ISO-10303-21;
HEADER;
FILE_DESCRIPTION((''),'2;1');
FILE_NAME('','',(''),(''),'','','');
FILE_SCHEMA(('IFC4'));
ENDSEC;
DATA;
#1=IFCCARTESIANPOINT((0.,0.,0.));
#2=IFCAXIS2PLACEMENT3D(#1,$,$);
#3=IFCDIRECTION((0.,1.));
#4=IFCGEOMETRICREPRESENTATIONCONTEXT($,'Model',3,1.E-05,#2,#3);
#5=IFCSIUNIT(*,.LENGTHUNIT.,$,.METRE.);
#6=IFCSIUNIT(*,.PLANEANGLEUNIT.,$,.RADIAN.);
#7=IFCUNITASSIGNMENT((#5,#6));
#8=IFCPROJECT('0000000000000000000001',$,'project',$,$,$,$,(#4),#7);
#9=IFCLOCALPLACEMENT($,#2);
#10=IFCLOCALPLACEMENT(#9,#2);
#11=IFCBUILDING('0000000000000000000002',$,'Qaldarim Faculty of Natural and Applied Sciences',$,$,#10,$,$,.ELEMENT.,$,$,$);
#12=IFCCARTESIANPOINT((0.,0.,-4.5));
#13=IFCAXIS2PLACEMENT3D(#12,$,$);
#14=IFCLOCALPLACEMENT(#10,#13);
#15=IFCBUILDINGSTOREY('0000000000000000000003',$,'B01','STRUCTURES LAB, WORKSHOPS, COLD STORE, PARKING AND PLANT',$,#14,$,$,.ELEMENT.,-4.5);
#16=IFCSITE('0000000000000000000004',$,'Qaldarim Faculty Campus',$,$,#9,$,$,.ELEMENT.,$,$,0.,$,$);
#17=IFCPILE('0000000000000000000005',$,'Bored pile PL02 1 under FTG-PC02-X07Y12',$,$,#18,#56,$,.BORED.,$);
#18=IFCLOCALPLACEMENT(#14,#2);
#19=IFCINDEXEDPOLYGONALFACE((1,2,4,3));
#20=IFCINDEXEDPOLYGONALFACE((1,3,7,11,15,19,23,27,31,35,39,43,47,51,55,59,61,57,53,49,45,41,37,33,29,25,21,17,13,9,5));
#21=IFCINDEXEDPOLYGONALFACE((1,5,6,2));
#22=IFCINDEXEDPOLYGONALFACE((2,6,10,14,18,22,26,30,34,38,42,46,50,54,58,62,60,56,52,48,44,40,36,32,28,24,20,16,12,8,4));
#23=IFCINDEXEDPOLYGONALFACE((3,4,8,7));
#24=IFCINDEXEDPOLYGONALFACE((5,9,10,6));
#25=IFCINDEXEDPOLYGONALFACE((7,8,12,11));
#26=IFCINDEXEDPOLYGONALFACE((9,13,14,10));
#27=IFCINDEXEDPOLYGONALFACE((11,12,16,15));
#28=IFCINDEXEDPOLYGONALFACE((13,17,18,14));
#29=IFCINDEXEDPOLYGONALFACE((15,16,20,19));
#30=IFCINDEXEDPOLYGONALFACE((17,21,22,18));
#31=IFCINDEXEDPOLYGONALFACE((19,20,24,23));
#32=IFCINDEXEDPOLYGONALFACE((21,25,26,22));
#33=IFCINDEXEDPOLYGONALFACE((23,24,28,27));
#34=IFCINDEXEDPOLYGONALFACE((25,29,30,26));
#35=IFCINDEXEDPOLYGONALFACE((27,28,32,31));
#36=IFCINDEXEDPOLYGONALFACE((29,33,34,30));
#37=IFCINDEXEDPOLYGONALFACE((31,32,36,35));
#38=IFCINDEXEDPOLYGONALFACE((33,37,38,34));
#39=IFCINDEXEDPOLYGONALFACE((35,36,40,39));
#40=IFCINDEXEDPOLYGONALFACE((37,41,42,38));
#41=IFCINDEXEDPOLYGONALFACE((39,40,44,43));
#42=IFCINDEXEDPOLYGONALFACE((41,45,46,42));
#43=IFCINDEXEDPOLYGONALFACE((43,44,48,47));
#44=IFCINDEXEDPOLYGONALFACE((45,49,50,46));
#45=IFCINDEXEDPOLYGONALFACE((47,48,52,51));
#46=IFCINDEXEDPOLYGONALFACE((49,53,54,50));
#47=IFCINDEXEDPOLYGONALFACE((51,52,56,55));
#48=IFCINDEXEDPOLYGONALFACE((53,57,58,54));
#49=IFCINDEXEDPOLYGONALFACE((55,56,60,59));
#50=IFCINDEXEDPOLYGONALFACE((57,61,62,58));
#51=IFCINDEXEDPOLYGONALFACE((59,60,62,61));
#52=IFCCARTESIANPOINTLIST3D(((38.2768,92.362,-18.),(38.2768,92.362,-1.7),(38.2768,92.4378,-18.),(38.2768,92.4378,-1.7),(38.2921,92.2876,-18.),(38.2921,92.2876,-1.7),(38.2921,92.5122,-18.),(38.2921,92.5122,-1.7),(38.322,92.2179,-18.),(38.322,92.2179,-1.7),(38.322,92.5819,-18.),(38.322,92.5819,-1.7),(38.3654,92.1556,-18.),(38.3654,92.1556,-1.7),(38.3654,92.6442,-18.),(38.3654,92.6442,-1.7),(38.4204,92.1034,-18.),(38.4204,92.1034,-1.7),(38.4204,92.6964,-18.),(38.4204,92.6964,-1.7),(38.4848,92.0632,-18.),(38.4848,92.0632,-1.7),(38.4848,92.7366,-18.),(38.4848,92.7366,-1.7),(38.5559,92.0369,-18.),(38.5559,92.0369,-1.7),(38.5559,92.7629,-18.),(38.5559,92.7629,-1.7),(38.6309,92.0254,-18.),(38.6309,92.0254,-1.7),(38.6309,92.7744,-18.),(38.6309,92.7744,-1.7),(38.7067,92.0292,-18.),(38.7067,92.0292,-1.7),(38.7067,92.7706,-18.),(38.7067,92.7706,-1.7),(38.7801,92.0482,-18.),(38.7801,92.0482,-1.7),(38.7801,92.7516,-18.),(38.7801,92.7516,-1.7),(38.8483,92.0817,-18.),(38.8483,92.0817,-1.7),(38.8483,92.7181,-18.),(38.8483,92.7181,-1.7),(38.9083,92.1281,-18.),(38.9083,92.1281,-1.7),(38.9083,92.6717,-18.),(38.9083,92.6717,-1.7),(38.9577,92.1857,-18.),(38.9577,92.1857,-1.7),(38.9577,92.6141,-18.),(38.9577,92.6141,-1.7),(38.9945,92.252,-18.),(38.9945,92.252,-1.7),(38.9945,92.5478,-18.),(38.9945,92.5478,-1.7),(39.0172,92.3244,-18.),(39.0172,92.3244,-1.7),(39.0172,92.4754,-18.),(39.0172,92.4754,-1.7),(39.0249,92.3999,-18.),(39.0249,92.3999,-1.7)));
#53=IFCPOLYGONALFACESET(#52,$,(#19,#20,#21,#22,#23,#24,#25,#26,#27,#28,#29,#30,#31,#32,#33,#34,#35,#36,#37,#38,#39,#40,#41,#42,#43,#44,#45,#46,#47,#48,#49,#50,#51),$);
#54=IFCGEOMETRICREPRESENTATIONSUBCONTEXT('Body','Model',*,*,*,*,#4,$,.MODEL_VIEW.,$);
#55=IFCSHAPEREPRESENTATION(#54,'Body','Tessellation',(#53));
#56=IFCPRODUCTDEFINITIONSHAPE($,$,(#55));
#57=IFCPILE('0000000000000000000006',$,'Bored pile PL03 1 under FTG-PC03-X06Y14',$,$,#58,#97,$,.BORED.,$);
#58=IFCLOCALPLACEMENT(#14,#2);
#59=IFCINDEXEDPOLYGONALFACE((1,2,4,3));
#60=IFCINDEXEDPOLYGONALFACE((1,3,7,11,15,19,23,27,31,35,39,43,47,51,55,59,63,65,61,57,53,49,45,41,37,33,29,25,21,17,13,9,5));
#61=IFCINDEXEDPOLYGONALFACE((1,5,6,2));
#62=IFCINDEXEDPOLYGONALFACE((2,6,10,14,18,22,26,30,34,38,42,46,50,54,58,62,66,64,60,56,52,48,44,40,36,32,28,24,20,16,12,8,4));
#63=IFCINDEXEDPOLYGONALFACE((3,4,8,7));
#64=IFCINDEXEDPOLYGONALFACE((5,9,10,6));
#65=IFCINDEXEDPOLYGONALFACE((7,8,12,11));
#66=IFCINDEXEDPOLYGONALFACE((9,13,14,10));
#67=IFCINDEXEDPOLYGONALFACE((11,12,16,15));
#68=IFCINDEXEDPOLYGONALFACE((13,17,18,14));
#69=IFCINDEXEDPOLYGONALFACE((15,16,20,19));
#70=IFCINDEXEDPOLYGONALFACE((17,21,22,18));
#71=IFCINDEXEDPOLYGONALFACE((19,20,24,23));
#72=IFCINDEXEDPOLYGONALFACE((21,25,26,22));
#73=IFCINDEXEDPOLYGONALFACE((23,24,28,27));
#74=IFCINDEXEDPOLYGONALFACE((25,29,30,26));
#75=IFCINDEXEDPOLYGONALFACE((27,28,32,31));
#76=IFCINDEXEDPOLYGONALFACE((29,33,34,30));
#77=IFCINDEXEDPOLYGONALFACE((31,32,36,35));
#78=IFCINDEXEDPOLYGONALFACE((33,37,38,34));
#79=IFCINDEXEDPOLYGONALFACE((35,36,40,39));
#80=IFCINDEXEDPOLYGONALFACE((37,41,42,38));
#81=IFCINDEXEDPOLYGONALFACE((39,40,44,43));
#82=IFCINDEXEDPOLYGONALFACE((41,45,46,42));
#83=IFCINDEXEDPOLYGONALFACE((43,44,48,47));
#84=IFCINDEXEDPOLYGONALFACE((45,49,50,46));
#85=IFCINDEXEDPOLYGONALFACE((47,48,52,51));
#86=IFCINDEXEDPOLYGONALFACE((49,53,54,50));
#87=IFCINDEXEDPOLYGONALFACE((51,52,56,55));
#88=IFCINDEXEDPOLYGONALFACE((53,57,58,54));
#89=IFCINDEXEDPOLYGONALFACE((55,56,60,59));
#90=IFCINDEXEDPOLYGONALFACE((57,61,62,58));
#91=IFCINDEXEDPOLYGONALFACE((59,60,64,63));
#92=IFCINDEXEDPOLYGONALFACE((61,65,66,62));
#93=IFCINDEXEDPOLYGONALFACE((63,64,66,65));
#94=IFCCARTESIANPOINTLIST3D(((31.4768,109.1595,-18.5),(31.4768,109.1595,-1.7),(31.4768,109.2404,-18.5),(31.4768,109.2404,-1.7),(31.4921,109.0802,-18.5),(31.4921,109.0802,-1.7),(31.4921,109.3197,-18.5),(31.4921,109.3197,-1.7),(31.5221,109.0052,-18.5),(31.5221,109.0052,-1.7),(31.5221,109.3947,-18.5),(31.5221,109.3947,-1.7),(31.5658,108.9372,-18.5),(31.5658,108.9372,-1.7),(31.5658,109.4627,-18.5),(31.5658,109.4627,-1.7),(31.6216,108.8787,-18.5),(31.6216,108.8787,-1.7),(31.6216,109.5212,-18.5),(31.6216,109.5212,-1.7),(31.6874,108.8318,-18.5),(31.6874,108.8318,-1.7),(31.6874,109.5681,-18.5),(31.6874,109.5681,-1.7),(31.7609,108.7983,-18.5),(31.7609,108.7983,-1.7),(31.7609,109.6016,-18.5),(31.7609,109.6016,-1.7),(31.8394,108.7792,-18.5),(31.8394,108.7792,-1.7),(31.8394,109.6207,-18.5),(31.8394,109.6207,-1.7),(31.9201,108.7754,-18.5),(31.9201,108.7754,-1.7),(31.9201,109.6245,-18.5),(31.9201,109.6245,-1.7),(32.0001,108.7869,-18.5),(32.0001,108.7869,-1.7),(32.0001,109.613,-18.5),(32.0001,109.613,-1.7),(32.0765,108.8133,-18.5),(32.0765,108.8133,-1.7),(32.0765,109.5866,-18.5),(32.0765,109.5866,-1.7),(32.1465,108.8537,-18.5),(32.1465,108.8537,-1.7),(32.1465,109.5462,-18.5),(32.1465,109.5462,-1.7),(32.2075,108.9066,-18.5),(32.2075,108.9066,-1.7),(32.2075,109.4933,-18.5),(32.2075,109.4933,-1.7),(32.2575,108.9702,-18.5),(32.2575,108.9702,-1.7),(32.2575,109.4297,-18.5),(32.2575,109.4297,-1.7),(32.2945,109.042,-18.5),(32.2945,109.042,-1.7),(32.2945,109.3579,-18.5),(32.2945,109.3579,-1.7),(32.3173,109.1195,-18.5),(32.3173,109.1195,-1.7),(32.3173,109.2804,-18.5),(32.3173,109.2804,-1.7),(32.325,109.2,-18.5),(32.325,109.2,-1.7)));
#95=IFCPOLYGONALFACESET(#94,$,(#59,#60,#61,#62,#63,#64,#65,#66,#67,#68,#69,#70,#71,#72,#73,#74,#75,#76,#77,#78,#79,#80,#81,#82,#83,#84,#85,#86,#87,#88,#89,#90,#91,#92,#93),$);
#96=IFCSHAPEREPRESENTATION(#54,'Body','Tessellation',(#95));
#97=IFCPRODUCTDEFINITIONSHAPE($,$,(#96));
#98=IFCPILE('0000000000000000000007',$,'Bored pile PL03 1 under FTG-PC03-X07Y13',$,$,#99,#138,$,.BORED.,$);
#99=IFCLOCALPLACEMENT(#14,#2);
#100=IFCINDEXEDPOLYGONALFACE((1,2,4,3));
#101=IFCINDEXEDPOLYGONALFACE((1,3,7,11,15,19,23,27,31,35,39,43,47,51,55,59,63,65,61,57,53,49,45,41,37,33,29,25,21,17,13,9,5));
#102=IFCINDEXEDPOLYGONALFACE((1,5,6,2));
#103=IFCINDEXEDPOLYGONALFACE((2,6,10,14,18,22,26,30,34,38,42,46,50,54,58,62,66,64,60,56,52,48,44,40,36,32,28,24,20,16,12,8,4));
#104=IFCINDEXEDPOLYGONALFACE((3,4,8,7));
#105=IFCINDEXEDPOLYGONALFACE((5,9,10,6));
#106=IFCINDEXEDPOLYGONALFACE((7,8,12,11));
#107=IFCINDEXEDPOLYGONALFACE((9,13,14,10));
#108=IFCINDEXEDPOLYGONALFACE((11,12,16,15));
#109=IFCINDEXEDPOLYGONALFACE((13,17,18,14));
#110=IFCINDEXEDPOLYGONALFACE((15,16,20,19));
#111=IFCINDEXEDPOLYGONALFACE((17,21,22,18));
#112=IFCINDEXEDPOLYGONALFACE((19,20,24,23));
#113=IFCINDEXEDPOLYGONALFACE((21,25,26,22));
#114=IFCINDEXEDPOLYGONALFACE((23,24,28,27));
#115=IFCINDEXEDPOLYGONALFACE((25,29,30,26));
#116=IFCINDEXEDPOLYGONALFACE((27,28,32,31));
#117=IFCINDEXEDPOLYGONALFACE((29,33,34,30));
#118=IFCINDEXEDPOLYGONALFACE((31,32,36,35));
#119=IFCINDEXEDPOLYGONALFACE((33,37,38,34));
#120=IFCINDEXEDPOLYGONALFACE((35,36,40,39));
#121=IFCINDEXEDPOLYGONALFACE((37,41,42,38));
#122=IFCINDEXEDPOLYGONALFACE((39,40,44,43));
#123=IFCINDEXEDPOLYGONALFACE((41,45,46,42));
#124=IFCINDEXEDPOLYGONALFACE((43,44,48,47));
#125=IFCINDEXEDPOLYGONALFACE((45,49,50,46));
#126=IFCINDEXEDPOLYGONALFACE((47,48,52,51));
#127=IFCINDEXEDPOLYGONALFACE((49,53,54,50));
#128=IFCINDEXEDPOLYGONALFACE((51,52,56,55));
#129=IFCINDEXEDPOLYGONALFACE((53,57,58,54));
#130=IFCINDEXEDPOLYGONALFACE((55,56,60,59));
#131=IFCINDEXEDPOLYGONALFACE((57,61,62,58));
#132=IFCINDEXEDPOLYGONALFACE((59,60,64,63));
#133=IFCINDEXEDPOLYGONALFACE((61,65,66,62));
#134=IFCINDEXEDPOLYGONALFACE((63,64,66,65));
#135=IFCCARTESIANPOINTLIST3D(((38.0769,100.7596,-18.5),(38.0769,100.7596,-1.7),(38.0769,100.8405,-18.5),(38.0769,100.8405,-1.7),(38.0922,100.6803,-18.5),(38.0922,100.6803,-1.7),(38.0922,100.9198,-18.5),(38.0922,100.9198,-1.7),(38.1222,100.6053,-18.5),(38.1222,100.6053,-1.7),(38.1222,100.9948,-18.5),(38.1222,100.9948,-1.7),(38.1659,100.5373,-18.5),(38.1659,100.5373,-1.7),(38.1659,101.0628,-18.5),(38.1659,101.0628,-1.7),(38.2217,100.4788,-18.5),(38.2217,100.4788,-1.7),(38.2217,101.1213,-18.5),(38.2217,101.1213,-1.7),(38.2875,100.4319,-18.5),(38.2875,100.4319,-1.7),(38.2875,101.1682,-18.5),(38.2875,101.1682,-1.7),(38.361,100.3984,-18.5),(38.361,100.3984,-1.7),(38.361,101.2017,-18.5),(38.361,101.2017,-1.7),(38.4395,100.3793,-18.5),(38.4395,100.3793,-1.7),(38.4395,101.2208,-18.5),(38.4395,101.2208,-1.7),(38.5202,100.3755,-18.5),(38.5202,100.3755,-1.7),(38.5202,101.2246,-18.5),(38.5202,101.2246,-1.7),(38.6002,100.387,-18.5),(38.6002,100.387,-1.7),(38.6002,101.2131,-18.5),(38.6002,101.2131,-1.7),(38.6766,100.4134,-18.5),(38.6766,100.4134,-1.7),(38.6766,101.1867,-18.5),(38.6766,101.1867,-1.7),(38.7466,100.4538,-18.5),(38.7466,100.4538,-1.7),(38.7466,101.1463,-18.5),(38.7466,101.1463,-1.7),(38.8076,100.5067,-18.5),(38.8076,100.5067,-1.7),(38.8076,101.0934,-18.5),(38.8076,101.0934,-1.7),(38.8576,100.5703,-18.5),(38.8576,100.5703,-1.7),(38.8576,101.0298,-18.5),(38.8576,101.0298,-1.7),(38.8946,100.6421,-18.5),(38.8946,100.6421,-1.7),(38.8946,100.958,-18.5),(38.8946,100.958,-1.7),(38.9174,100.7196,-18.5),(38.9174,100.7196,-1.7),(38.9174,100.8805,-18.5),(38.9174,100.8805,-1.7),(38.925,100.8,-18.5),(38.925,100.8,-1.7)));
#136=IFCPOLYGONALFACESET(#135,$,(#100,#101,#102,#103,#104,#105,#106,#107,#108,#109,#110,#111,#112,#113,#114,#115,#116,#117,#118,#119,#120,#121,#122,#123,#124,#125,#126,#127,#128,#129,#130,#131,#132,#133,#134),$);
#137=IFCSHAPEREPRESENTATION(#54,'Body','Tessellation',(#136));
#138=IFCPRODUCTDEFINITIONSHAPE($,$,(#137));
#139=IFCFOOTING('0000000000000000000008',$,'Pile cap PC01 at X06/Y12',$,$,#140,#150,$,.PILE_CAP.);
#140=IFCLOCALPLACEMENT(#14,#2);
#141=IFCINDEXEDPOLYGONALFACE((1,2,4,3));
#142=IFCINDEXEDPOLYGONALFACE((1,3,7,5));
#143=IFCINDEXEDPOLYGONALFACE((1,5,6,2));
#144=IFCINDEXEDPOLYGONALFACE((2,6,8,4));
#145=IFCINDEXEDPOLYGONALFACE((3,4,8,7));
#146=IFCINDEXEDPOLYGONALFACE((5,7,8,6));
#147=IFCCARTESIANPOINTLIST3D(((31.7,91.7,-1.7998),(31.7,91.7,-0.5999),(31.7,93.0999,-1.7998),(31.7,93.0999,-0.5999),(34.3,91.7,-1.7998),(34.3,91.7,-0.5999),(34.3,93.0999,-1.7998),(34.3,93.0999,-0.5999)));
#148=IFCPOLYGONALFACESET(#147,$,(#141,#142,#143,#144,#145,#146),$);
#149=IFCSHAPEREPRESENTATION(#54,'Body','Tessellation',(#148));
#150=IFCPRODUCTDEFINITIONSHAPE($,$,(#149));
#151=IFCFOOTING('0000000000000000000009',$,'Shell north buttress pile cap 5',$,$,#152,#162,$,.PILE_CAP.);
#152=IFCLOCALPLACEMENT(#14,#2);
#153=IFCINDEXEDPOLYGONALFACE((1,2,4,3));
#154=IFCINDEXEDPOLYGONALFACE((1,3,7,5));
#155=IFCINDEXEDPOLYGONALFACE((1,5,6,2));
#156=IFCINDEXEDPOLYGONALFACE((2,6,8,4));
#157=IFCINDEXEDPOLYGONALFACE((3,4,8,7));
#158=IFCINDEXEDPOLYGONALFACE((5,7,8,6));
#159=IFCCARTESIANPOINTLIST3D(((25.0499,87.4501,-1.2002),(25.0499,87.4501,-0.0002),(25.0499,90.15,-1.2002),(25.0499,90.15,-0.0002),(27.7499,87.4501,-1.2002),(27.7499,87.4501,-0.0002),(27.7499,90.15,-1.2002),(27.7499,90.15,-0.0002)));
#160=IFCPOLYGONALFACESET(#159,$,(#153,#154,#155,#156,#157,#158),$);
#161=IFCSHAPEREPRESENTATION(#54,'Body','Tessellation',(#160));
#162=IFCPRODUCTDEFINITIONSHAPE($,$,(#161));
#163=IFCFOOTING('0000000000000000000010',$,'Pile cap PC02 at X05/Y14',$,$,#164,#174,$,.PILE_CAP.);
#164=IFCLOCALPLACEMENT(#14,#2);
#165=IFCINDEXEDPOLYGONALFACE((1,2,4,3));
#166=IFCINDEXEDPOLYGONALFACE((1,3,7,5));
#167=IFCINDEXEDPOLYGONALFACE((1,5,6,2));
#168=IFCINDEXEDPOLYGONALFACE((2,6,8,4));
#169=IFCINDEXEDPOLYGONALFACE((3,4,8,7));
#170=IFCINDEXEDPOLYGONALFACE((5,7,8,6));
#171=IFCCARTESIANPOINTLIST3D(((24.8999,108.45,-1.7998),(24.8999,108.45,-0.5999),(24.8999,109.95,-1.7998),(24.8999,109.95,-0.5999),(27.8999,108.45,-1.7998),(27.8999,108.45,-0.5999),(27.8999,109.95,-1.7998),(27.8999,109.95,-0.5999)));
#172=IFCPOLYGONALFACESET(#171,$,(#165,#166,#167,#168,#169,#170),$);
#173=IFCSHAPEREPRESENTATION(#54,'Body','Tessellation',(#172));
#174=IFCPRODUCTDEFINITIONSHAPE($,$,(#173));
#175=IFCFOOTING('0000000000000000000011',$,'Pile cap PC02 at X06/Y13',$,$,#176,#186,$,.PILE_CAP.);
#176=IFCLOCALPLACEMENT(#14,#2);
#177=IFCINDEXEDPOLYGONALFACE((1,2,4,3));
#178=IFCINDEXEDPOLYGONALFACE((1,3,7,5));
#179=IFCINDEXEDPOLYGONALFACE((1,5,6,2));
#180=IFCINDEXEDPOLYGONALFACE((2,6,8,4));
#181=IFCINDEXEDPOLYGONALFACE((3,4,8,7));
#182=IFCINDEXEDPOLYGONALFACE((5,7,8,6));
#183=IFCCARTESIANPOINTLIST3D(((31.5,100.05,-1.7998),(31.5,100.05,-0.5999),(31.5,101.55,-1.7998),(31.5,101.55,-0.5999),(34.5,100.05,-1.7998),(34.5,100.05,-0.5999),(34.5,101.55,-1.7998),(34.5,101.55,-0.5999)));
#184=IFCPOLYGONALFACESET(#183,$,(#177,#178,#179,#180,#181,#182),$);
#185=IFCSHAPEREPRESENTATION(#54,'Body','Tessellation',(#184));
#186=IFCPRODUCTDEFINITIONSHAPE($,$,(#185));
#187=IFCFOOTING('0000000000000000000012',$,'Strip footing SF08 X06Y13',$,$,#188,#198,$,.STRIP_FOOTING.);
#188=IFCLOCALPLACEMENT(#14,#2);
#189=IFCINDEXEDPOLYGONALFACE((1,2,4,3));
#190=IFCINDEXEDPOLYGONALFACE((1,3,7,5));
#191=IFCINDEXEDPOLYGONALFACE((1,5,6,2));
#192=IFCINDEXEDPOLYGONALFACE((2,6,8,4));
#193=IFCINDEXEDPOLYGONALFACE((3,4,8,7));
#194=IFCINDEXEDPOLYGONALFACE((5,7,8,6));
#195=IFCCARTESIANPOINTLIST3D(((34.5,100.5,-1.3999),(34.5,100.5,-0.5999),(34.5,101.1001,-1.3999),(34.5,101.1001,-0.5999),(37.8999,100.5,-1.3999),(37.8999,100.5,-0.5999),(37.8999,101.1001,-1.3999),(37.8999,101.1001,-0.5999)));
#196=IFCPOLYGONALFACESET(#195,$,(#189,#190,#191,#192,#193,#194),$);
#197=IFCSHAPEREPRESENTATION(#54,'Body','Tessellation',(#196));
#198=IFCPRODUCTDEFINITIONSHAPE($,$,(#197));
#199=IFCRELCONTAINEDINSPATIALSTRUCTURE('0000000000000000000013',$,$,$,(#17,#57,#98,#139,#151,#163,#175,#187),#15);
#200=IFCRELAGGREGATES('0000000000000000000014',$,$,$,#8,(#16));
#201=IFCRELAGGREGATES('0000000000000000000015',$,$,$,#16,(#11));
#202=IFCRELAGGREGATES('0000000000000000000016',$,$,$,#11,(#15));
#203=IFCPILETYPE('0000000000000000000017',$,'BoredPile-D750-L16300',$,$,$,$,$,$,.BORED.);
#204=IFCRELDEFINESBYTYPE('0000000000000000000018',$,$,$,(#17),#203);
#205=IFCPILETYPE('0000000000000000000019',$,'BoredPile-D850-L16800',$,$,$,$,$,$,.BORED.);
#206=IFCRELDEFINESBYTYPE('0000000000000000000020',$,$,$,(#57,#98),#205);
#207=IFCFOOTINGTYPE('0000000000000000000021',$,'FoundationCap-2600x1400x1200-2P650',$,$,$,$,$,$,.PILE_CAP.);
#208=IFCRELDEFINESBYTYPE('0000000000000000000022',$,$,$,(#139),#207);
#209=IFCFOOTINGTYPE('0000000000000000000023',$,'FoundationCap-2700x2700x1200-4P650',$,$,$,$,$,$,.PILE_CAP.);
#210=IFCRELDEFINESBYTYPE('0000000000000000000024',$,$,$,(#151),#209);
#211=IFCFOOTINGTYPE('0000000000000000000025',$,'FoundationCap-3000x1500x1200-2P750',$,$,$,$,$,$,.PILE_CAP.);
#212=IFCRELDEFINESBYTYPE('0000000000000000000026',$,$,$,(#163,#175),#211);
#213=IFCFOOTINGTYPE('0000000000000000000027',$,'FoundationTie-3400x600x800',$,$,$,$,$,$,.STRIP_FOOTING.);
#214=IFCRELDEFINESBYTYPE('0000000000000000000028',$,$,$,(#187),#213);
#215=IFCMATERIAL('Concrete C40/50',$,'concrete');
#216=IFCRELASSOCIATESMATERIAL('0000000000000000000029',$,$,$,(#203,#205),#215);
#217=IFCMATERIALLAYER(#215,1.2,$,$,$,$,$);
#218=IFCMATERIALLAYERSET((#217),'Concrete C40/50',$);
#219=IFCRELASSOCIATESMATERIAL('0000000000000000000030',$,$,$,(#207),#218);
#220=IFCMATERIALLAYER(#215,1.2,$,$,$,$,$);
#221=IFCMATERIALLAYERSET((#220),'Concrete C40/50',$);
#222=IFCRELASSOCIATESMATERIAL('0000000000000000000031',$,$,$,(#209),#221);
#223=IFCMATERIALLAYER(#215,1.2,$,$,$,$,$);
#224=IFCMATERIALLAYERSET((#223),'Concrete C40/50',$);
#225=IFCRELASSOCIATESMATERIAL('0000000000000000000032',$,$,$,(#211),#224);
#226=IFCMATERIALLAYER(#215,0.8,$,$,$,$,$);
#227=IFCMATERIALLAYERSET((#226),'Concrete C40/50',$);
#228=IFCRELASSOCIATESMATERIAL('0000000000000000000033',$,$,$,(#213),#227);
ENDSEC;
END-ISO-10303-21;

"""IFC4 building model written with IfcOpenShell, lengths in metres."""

from ifc_helpers import new_model, si_unit, direction, frame, origin, origin_2d, place, context, subcontext, project, spatial, rectangle, circle, extrude, material, layer, layer_set, material_profile, profile_set, type_object, element, save


model = new_model("IFC4")

# Units and contexts
model_context = context("Model", 3, precision=1e-05, world=origin(), true_north=direction((0.0, 1.0)))
body_context = subcontext(model_context, "Body", "Model", "MODEL_VIEW")
ifc_project = project(units=[si_unit("LENGTHUNIT", "METRE"), si_unit("PLANEANGLEUNIT", "RADIAN")], contexts=[model_context])

# Site, building, storey
site_placement = place(None, origin())
site = spatial("IfcSite", under=ifc_project, at=site_placement, Name="Qaldarim Faculty Campus", CompositionType="ELEMENT", RefElevation=0.0)
building_placement = place(site_placement, origin())
building = spatial("IfcBuilding", under=site, at=building_placement, Name="Qaldarim Faculty of Natural and Applied Sciences", CompositionType="ELEMENT")
storey_placement = place(building_placement, frame((0.0, 0.0, -4.5)))
storey = spatial("IfcBuildingStorey", under=building, at=storey_placement, Name="B01", Description="STRUCTURES LAB, WORKSHOPS, COLD STORE, PARKING AND PLANT", CompositionType="ELEMENT", Elevation=-4.5)

# Piles
ifc_material_1 = material(Name="Concrete C40/50", Category="concrete")
ifc_material_profile_1 = material_profile(ifc_material_1, circle(Radius=0.375, at=origin_2d()), Name="PILE-D750")
ifc_profile_set_1 = profile_set([ifc_material_profile_1], Name="Concrete C40/50")
pile_type_1 = type_object("IfcPileType", Name="BoredPile-D750-L16300", PredefinedType="BORED", material=ifc_profile_set_1)
for number, where, z_axis, x_axis, name in (
    (1, (38.6499, 92.3999, -1.7), (0.0, 0.0, -1.0), (1.0, 0.0, 0.0), "Bored pile PL02 1 under FTG-PC02-X07Y12"),
):
    element("IfcPile", number, at=place(storey_placement, frame(where, z_axis=z_axis, x_axis=x_axis)), inside=storey, type_object=pile_type_1, Name=name, PredefinedType="BORED", context=body_context, shape_type="SweptSolid", body=[
        extrude(circle(Radius=0.375, at=origin_2d()), origin(), (0.0, 0.0, 1.0), 16.3),
    ])
ifc_material_profile_2 = material_profile(ifc_material_1, circle(Radius=0.425, at=origin_2d()), Name="PILE-D850")
ifc_profile_set_2 = profile_set([ifc_material_profile_2], Name="Concrete C40/50")
pile_type_2 = type_object("IfcPileType", Name="BoredPile-D850-L16800", PredefinedType="BORED", material=ifc_profile_set_2)
for number, where, z_axis, x_axis, name in (
    (2, (31.8999, 109.2, -1.7), (0.0, 0.0, -1.0), (1.0, 0.0, 0.0), "Bored pile PL03 1 under FTG-PC03-X06Y14"),
    (3, (38.5, 100.8, -1.7), (0.0, 0.0, -1.0), (1.0, 0.0, 0.0), "Bored pile PL03 1 under FTG-PC03-X07Y13"),
):
    element("IfcPile", number, at=place(storey_placement, frame(where, z_axis=z_axis, x_axis=x_axis)), inside=storey, type_object=pile_type_2, Name=name, PredefinedType="BORED", context=body_context, shape_type="SweptSolid", body=[
        extrude(circle(Radius=0.425, at=origin_2d()), origin(), (0.0, 0.0, 1.0), 16.8),
    ])

# Footings
ifc_layer_1 = layer(ifc_material_1, 1.2)
ifc_layer_set_1 = layer_set([ifc_layer_1], Name="Concrete C40/50")
footing_type_1 = type_object("IfcFootingType", Name="FoundationCap-2600x1400x1200-2P650", PredefinedType="PILE_CAP", material=ifc_layer_set_1)
footing_1_placement = place(storey_placement, frame((33.0, 92.3999, -1.7998), z_axis=(0.0, 0.0, 1.0), x_axis=(1.0, 0.0, 0.0)))
element("IfcFooting", 4, at=footing_1_placement, inside=storey, type_object=footing_type_1, Name="Pile cap PC01 at X06/Y12", PredefinedType="PILE_CAP", context=body_context, shape_type="SweptSolid", body=[
    extrude(rectangle(XDim=2.6001, YDim=1.3999, at=origin_2d()), origin(), (0.0, 0.0, 1.0), 1.2),
])
ifc_layer_2 = layer(ifc_material_1, 1.2)
ifc_layer_set_2 = layer_set([ifc_layer_2], Name="Concrete C40/50")
footing_type_2 = type_object("IfcFootingType", Name="FoundationCap-2700x2700x1200-4P650", PredefinedType="PILE_CAP", material=ifc_layer_set_2)
footing_2_placement = place(storey_placement, frame((26.3999, 88.8, -1.2002), z_axis=(0.0, 0.0, 1.0), x_axis=(1.0, 0.0, 0.0)))
element("IfcFooting", 5, at=footing_2_placement, inside=storey, type_object=footing_type_2, Name="Shell north buttress pile cap 5", PredefinedType="PILE_CAP", context=body_context, shape_type="SweptSolid", body=[
    extrude(rectangle(XDim=2.7, YDim=2.7, at=origin_2d()), origin(), (0.0, 0.0, 1.0), 1.2),
])
ifc_layer_3 = layer(ifc_material_1, 1.2)
ifc_layer_set_3 = layer_set([ifc_layer_3], Name="Concrete C40/50")
footing_type_3 = type_object("IfcFootingType", Name="FoundationCap-3000x1500x1200-2P750", PredefinedType="PILE_CAP", material=ifc_layer_set_3)
for number, where, z_axis, x_axis, name in (
    (6, (26.3999, 109.2, -1.7998), (0.0, 0.0, 1.0), (1.0, 0.0, 0.0), "Pile cap PC02 at X05/Y14"),
    (7, (33.0, 100.8, -1.7998), (0.0, 0.0, 1.0), (1.0, 0.0, 0.0), "Pile cap PC02 at X06/Y13"),
):
    element("IfcFooting", number, at=place(storey_placement, frame(where, z_axis=z_axis, x_axis=x_axis)), inside=storey, type_object=footing_type_3, Name=name, PredefinedType="PILE_CAP", context=body_context, shape_type="SweptSolid", body=[
        extrude(rectangle(XDim=3.0, YDim=1.5, at=origin_2d()), origin(), (0.0, 0.0, 1.0), 1.2),
    ])
ifc_layer_4 = layer(ifc_material_1, 0.8)
ifc_layer_set_4 = layer_set([ifc_layer_4], Name="Concrete C40/50")
footing_type_4 = type_object("IfcFootingType", Name="FoundationTie-3400x600x800", PredefinedType="STRIP_FOOTING", material=ifc_layer_set_4)
footing_3_placement = place(storey_placement, frame((36.2, 100.8, -1.3999), z_axis=(0.0, 0.0, 1.0), x_axis=(1.0, 0.0, 0.0)))
element("IfcFooting", 8, at=footing_3_placement, inside=storey, type_object=footing_type_4, Name="Strip footing SF08 X06Y13", PredefinedType="STRIP_FOOTING", context=body_context, shape_type="SweptSolid", body=[
    extrude(rectangle(XDim=3.3999, YDim=0.6001, at=origin_2d()), origin(), (0.0, 0.0, 1.0), 0.8),
])

save(model, "model.ifc")
